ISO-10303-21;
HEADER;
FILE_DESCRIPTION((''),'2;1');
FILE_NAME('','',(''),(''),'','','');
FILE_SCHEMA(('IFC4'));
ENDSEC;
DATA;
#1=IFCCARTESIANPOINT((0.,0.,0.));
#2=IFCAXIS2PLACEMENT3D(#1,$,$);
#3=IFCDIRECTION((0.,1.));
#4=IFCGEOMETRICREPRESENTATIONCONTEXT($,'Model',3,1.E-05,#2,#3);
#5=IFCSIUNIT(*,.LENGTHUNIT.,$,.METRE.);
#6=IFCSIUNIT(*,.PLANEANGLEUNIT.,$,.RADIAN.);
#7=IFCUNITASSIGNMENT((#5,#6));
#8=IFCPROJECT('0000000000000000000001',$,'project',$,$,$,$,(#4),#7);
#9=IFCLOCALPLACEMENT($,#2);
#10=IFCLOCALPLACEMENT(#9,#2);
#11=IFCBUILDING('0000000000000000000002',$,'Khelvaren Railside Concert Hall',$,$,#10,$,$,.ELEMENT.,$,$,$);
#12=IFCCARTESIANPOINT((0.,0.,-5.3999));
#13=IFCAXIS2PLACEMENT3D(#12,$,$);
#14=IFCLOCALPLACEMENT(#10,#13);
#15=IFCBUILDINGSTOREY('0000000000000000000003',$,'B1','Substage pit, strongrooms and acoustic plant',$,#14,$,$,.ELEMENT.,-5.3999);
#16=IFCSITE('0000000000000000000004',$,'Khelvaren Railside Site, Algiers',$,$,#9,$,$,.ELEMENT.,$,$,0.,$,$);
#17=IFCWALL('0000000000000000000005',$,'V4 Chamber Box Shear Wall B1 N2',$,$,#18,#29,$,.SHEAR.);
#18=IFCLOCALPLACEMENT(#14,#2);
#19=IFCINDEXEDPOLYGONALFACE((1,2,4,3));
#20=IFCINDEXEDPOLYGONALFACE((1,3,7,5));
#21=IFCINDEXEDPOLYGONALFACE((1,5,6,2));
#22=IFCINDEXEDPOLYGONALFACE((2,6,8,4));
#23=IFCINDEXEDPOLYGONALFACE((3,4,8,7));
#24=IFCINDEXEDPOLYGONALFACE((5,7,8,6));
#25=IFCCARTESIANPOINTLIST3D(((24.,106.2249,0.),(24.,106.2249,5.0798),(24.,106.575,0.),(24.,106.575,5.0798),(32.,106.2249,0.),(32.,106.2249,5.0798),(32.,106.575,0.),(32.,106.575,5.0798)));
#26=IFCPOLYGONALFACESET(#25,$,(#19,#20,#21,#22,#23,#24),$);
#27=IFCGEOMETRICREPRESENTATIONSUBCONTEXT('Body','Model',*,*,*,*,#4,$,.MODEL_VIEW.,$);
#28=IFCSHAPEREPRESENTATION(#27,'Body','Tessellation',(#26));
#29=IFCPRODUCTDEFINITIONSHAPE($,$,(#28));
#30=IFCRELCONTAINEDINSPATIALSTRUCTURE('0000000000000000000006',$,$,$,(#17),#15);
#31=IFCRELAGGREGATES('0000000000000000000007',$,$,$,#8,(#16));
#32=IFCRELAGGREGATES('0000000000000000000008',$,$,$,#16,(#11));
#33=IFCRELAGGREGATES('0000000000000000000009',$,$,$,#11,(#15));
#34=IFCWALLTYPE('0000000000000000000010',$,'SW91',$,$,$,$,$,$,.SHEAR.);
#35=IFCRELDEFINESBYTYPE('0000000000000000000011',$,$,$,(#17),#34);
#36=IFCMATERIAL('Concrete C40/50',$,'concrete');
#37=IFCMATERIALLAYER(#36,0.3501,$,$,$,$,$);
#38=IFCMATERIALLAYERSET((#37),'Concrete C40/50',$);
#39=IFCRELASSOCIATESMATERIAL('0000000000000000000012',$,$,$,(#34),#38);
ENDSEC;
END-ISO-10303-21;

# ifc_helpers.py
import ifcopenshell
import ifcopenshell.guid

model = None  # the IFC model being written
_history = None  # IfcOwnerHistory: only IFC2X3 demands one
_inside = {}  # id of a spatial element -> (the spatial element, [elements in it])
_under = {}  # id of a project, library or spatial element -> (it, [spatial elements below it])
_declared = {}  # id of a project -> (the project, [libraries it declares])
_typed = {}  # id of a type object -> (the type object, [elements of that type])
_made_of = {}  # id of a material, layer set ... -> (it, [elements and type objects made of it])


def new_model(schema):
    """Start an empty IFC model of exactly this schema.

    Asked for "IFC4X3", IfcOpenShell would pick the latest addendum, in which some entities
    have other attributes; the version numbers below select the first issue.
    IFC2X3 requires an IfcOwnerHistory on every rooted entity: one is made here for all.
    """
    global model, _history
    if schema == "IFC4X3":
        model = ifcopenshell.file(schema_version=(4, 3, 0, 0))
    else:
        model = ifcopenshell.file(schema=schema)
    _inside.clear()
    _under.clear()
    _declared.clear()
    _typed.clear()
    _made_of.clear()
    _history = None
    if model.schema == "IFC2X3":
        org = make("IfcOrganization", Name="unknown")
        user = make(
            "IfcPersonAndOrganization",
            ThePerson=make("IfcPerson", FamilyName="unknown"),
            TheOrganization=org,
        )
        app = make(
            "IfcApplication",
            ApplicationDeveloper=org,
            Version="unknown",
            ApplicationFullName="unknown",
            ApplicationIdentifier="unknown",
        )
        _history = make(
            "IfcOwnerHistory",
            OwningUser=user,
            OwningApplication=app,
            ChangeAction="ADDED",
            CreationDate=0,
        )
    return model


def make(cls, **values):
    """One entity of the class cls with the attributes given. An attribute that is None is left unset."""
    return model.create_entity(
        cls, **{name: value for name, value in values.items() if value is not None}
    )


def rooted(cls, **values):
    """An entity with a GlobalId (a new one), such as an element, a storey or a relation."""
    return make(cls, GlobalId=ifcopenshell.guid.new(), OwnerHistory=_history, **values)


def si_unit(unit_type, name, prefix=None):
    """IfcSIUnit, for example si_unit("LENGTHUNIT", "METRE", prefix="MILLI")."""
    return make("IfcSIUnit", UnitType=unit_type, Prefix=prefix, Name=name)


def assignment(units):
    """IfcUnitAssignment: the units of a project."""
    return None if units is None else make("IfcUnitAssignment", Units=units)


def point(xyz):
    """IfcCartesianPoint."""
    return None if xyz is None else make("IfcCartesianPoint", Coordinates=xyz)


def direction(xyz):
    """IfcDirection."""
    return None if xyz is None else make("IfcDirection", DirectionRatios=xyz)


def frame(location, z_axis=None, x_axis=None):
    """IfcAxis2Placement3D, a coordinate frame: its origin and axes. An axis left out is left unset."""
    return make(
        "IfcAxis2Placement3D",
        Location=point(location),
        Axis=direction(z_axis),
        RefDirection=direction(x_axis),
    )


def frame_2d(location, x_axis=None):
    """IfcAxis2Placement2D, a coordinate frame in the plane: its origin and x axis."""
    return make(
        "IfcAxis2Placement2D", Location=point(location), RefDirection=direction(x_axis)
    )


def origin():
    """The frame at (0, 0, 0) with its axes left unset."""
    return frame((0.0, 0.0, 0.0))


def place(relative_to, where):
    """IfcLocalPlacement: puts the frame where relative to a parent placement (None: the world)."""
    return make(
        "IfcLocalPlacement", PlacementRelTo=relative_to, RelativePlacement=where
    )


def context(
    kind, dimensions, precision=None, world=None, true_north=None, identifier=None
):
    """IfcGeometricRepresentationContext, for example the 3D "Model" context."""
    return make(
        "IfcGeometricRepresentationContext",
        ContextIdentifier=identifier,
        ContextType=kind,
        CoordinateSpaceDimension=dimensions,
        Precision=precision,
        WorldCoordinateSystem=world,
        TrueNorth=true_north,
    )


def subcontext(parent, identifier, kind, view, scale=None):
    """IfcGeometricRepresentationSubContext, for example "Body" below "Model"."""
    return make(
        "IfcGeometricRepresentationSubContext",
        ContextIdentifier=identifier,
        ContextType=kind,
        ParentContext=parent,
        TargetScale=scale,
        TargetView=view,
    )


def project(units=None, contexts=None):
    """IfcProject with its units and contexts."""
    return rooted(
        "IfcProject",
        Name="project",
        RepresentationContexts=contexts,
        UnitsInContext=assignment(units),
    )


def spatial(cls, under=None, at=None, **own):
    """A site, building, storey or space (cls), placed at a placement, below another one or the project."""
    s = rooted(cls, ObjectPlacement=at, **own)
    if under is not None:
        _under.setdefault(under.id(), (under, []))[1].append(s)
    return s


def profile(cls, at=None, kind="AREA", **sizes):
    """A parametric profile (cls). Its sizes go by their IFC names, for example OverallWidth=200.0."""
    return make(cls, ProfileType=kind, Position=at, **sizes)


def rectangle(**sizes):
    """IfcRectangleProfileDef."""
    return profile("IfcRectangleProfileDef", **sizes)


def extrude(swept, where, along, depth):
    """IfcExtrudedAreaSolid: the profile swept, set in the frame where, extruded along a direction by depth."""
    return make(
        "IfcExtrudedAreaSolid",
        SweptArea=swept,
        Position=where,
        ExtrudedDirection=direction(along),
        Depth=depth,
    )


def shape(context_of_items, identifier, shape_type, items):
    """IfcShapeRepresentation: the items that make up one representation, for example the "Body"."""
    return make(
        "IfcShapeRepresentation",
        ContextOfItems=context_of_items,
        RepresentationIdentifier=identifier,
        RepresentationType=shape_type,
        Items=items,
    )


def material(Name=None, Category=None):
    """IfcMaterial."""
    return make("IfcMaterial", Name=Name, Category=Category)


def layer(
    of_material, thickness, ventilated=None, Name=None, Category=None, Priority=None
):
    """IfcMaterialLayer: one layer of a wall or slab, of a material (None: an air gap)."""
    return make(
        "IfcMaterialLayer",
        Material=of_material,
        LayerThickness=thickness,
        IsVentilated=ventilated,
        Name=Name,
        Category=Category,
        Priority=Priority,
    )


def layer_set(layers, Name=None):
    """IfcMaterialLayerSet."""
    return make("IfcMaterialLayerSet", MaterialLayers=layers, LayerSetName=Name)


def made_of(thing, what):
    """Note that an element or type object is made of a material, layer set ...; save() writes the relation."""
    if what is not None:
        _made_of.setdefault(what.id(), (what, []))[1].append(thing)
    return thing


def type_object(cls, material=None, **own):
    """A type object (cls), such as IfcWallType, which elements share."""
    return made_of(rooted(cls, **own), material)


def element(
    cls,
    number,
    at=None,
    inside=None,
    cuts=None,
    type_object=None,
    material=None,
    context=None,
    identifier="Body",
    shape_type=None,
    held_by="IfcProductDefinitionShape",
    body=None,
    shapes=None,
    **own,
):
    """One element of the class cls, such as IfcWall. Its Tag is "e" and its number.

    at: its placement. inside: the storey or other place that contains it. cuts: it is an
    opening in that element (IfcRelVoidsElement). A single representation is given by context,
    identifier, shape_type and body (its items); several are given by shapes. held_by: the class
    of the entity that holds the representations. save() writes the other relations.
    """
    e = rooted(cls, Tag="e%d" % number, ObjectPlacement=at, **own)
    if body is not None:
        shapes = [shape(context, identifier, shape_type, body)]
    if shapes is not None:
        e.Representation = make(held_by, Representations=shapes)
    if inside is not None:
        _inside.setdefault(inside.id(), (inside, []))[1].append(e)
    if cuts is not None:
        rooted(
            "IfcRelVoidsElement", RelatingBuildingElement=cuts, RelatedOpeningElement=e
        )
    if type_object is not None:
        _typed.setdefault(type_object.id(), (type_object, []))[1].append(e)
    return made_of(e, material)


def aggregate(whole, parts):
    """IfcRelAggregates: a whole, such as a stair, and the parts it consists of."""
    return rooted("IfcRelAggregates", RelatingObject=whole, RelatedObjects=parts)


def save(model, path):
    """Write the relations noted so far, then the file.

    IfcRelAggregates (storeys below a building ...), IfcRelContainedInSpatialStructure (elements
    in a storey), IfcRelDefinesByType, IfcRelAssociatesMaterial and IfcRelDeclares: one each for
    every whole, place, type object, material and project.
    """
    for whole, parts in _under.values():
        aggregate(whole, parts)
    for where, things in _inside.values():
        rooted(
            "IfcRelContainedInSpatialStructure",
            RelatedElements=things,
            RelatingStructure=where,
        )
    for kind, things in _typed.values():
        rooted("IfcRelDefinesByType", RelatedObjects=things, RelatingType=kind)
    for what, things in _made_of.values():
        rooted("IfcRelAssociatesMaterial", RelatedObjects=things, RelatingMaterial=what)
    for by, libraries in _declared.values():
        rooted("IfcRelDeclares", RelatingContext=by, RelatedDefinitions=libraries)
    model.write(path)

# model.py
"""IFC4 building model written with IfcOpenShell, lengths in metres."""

from ifc_helpers import new_model, si_unit, direction, frame, frame_2d, origin, place, context, subcontext, project, spatial, rectangle, extrude, material, layer, layer_set, type_object, element, save


model = new_model("IFC4")

# Units and contexts
model_context = context("Model", 3, precision=1e-05, world=origin(), true_north=direction((0.0, 1.0)))
body_context = subcontext(model_context, "Body", "Model", "MODEL_VIEW")
ifc_project = project(units=[si_unit("LENGTHUNIT", "METRE"), si_unit("PLANEANGLEUNIT", "RADIAN")], contexts=[model_context])

# Site, building, storey
site_placement = place(None, origin())
site = spatial("IfcSite", under=ifc_project, at=site_placement, Name="Khelvaren Railside Site, Algiers", CompositionType="ELEMENT", RefElevation=0.0)
building_placement = place(site_placement, origin())
building = spatial("IfcBuilding", under=site, at=building_placement, Name="Khelvaren Railside Concert Hall", CompositionType="ELEMENT")
storey_placement = place(building_placement, frame((0.0, 0.0, -5.3999)))
storey = spatial("IfcBuildingStorey", under=building, at=storey_placement, Name="B1", Description="Substage pit, strongrooms and acoustic plant", CompositionType="ELEMENT", Elevation=-5.3999)

# Shared definitions
ifc_material_1 = material(Name="Concrete C40/50", Category="concrete")

# Shared definitions
ifc_layer_1 = layer(ifc_material_1, 0.3501)
ifc_layer_set_1 = layer_set([ifc_layer_1], Name="Concrete C40/50")
wall_type_1 = type_object("IfcWallType", Name="SW91", PredefinedType="SHEAR", material=ifc_layer_set_1)

# Wall
wall_1_placement = place(storey_placement, frame((24.0, 106.3999, 0.0), z_axis=(0.0, 0.0, 1.0), x_axis=(1.0, 0.0, 0.0)))
element("IfcWall", 1, at=wall_1_placement, inside=storey, type_object=wall_type_1, Name="V4 Chamber Box Shear Wall B1 N2", PredefinedType="SHEAR", context=body_context, shape_type="SweptSolid", body=[
    extrude(rectangle(XDim=8.0, YDim=0.3501, at=frame_2d((4.0, 0.0))), origin(), (0.0, 0.0, 1.0), 5.0798),
])

save(model, "model.ifc")
